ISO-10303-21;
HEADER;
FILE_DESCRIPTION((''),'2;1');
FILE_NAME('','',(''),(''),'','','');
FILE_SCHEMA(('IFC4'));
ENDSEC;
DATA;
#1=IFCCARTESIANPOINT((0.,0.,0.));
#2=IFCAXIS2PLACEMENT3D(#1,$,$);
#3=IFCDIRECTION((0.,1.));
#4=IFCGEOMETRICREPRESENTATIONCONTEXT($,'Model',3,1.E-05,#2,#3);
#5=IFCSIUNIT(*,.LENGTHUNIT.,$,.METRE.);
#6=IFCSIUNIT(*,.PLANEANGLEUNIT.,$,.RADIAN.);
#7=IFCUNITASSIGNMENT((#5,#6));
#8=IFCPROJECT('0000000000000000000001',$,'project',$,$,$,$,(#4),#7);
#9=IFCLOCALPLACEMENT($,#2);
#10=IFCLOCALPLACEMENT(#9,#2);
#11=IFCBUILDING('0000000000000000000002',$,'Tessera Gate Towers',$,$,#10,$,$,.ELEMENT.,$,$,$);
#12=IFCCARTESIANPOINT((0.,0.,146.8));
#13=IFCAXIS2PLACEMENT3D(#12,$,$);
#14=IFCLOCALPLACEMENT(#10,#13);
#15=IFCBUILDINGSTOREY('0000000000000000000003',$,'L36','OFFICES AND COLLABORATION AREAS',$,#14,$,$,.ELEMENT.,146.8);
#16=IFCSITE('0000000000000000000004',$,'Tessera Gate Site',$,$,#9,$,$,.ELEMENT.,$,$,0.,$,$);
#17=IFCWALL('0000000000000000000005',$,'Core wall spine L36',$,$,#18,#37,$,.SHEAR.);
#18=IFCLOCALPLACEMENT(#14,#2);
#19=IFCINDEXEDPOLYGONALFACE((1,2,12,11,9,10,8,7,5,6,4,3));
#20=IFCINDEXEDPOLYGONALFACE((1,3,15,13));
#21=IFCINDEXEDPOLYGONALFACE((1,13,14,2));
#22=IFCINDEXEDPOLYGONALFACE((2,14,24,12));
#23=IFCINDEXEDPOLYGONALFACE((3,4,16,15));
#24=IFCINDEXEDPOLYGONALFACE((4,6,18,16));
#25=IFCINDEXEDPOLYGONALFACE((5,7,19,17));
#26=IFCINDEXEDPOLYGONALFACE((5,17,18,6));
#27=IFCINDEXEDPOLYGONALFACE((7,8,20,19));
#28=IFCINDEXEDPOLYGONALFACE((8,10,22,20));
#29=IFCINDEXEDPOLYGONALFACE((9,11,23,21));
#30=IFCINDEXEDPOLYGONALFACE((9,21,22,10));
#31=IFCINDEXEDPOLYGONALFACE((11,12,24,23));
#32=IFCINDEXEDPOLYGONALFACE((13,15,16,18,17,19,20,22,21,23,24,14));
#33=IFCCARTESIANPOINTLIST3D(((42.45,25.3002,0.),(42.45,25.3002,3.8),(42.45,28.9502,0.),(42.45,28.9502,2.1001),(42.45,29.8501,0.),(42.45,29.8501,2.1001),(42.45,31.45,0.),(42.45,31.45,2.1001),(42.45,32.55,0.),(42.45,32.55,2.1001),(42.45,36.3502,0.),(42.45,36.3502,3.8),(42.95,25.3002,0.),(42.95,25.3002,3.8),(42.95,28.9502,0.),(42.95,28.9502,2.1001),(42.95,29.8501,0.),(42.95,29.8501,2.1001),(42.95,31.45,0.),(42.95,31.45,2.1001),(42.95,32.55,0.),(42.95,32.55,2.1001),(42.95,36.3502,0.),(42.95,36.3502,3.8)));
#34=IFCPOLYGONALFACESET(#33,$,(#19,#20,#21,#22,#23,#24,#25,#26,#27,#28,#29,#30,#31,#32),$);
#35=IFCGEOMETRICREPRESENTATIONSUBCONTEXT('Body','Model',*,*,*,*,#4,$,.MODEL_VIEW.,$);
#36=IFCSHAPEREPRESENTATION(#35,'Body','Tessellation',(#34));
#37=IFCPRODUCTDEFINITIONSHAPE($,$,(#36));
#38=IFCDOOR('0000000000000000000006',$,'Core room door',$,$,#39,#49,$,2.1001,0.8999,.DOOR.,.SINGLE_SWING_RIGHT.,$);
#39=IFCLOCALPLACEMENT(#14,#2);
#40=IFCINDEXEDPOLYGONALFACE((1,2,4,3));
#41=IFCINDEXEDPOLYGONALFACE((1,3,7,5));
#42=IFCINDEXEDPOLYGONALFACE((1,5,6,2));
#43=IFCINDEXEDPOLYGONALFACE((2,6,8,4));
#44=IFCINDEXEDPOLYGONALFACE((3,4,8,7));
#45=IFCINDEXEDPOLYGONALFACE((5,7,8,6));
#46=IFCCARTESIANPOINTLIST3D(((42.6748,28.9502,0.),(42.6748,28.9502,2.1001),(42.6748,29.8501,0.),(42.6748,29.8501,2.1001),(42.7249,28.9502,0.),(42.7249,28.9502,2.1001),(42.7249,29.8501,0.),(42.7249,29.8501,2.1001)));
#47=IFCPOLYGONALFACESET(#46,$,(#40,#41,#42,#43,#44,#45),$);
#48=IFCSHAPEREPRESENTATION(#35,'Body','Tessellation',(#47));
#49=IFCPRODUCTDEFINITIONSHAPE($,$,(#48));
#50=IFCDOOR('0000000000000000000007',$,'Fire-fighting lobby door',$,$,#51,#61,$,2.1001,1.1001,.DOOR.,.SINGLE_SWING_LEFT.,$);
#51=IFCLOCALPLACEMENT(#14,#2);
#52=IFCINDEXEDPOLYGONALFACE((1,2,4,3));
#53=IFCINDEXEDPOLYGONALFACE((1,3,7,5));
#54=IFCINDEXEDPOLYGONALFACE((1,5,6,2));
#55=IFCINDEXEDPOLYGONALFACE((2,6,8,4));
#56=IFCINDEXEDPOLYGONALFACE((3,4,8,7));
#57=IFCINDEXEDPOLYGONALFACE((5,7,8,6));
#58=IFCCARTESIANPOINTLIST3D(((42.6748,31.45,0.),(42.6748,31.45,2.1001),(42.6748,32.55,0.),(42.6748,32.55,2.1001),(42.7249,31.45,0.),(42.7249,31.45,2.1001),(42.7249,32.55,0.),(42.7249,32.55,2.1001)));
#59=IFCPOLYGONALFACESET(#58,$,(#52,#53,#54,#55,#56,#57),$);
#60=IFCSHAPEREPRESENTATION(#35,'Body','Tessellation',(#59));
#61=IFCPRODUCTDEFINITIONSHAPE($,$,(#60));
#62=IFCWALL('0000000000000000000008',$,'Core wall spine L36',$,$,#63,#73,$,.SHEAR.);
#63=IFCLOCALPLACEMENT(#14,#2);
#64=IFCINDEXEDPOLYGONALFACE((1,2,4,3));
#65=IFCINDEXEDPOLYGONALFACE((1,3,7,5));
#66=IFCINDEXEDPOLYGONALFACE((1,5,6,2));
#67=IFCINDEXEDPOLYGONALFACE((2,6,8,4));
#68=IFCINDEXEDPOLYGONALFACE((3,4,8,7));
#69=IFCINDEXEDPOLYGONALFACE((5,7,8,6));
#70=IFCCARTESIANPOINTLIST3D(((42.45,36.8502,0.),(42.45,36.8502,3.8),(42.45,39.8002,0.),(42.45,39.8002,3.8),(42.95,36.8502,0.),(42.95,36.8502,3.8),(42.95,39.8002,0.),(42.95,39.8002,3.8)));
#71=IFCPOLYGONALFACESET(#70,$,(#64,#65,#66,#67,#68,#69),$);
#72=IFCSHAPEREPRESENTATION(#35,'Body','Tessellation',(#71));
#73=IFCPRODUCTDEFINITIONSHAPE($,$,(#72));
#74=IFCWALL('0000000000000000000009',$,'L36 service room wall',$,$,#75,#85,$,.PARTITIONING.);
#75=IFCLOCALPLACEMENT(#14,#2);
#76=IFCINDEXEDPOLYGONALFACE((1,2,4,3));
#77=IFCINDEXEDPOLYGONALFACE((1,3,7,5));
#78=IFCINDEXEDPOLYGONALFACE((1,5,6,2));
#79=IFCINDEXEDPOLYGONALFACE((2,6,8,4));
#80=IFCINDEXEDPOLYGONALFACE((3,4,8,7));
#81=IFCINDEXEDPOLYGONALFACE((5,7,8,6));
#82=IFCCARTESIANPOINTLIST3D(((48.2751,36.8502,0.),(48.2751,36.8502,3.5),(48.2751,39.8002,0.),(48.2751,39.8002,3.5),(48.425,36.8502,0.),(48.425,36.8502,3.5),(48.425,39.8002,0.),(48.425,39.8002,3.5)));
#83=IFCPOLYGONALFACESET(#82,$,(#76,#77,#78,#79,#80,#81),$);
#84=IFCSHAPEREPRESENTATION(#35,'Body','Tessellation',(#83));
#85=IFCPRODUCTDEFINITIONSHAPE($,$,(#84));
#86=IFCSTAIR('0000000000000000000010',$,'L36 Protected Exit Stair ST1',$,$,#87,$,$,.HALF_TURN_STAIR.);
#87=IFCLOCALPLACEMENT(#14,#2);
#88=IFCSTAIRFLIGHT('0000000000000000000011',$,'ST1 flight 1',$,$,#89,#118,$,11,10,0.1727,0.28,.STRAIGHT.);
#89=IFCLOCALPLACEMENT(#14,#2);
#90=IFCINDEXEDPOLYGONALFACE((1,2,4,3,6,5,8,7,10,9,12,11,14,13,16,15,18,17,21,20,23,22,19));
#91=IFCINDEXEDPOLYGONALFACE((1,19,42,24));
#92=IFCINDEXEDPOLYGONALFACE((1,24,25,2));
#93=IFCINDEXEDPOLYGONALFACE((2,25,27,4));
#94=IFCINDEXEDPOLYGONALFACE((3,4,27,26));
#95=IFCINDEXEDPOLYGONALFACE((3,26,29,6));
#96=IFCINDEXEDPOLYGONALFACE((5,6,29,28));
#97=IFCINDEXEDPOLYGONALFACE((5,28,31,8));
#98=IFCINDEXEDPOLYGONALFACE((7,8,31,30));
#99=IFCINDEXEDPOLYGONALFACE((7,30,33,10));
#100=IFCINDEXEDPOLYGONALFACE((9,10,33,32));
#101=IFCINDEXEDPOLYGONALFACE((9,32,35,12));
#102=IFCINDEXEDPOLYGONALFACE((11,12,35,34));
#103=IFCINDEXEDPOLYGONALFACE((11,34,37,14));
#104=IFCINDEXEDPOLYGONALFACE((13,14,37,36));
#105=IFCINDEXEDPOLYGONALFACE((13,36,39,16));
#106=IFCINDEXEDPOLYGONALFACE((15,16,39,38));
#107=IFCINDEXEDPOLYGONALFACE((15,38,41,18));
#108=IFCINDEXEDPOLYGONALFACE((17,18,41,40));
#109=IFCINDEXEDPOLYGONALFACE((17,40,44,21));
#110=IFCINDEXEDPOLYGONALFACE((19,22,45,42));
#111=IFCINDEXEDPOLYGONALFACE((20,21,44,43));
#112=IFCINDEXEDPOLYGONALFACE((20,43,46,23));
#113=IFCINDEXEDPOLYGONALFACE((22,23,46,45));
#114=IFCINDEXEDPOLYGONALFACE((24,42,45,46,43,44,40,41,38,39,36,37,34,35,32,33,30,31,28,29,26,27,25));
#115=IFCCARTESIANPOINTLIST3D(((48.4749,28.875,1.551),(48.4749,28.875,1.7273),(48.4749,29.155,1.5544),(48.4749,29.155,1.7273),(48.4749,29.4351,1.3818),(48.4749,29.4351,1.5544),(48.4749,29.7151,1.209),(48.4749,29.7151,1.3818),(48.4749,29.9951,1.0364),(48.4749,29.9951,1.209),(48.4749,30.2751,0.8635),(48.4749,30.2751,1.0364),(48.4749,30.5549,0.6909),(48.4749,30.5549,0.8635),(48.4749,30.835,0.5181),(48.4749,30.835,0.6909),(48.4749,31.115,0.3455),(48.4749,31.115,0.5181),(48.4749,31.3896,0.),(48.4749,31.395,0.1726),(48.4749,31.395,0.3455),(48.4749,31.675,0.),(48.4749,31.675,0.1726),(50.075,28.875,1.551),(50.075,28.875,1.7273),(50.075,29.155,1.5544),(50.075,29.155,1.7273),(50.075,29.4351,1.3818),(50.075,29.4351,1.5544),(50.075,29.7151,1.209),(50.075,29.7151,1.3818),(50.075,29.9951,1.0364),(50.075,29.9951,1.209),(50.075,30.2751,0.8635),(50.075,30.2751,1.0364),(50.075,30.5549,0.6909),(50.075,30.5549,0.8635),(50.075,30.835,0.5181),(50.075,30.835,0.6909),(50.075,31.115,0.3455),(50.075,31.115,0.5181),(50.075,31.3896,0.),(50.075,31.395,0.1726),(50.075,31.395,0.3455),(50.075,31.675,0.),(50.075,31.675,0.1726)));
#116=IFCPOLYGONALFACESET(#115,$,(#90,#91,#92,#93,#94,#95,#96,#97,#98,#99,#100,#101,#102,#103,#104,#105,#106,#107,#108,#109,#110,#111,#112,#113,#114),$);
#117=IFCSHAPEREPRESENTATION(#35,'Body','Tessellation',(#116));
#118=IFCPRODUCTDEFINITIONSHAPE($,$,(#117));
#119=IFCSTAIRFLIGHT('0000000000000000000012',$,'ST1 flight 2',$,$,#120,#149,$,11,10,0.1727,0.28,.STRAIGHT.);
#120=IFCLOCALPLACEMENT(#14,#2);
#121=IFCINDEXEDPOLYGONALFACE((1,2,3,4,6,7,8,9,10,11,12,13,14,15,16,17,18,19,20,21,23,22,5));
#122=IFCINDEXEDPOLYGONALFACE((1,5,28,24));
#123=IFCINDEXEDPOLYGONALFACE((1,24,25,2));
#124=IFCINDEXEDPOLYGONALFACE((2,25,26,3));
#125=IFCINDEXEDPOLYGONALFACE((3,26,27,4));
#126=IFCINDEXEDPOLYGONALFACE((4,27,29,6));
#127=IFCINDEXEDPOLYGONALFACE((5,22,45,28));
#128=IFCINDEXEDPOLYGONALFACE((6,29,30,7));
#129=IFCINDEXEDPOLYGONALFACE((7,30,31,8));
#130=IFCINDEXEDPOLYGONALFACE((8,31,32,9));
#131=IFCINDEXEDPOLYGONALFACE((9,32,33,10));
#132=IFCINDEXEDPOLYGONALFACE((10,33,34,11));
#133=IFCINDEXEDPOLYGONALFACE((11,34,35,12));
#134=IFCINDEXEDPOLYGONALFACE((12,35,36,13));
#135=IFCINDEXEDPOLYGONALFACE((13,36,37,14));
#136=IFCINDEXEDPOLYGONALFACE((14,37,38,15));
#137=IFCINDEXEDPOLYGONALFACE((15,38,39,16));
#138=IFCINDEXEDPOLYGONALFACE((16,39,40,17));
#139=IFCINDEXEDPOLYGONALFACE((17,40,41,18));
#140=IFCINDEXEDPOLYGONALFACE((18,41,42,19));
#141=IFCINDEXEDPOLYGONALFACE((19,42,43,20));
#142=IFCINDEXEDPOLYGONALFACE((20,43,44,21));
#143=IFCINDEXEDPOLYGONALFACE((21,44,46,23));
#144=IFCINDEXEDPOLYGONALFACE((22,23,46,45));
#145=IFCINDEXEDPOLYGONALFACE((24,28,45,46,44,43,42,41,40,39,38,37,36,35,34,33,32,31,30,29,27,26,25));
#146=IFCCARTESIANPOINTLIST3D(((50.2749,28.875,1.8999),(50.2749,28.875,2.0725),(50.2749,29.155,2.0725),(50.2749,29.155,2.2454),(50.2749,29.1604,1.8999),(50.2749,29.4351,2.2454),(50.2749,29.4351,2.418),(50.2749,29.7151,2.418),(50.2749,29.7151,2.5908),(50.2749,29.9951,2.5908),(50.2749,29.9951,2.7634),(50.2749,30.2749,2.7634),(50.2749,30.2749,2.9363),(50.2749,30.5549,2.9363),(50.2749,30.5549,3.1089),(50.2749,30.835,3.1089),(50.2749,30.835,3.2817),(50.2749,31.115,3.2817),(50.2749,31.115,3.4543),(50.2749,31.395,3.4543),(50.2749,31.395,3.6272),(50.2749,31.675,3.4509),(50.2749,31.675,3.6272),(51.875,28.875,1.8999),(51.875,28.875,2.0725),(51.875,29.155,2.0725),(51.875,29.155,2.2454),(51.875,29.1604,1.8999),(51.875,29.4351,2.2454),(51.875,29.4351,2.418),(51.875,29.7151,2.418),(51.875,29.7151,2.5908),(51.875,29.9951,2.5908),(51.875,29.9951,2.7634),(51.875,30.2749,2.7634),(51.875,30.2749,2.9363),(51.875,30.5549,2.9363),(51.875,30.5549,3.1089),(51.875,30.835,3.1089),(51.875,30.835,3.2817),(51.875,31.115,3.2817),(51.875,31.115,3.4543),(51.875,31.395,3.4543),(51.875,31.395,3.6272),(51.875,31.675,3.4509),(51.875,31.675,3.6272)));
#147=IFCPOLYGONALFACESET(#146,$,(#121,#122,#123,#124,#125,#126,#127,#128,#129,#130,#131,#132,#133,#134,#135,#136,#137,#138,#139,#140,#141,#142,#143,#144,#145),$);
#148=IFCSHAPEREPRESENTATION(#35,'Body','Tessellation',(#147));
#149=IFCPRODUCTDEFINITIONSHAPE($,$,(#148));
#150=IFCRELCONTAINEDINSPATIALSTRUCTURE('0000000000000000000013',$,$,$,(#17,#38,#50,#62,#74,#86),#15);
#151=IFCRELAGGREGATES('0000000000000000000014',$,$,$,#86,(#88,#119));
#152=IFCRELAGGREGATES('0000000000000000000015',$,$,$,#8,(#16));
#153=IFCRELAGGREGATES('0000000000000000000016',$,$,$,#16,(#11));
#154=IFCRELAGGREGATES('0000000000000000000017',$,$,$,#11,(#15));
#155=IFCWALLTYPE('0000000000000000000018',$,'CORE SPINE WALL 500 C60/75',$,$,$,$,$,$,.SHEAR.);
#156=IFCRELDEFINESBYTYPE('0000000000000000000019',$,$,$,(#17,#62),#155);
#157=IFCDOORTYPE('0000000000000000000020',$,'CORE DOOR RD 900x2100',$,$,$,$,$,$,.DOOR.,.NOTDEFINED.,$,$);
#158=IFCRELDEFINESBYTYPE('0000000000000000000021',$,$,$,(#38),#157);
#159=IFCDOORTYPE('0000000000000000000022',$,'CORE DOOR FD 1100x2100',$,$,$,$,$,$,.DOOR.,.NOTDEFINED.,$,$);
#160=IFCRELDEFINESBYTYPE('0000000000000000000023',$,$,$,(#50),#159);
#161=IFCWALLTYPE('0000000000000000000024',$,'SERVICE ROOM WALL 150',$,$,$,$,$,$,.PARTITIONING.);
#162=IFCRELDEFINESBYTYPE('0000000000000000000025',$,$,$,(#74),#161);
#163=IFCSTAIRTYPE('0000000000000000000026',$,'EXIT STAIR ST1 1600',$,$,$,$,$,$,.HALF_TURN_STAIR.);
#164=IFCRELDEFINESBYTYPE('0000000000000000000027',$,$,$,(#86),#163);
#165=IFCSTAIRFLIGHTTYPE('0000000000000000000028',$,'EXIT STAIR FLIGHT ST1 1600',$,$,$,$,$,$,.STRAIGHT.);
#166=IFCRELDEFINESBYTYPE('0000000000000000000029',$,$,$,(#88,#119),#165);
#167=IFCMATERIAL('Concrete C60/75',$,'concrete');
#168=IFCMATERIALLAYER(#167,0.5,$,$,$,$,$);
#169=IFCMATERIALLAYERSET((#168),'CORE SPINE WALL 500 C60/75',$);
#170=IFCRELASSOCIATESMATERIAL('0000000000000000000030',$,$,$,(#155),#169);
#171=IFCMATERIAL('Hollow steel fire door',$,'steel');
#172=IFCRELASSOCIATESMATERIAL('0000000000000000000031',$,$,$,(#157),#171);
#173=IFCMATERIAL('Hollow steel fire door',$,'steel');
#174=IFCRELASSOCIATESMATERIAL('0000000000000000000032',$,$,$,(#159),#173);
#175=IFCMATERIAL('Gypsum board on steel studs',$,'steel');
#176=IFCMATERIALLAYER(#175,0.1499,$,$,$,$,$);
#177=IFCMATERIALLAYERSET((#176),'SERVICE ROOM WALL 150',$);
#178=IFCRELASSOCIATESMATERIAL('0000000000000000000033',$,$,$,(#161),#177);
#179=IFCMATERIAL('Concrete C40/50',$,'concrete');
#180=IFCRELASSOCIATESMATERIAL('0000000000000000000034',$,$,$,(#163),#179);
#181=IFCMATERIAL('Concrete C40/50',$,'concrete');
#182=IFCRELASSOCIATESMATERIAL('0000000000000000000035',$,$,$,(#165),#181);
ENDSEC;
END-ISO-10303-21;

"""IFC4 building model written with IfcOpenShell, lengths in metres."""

from ifc_helpers import new_model, si_unit, direction, frame, frame_2d, origin, place, context, subcontext, project, spatial, polyline, rectangle, outline, extrude, source, transform, mapped, material, layer, layer_set, type_object, element, fill, aggregate, save


model = new_model("IFC4")

# Units and contexts
model_context = context("Model", 3, precision=1e-05, world=origin(), true_north=direction((0.0, 1.0)))
body_context = subcontext(model_context, "Body", "Model", "MODEL_VIEW")
ifc_project = project(units=[si_unit("LENGTHUNIT", "METRE"), si_unit("PLANEANGLEUNIT", "RADIAN")], contexts=[model_context])

# Site, building, storey
site_placement = place(None, origin())
site = spatial("IfcSite", under=ifc_project, at=site_placement, Name="Tessera Gate Site", CompositionType="ELEMENT", RefElevation=0.0)
building_placement = place(site_placement, origin())
building = spatial("IfcBuilding", under=site, at=building_placement, Name="Tessera Gate Towers", CompositionType="ELEMENT")
storey_placement = place(building_placement, frame((0.0, 0.0, 146.8)))
storey = spatial("IfcBuildingStorey", under=building, at=storey_placement, Name="L36", Description="OFFICES AND COLLABORATION AREAS", CompositionType="ELEMENT", Elevation=146.8)

# Wall, openings, doors
ifc_material_1 = material(Name="Concrete C60/75", Category="concrete")
ifc_layer_1 = layer(ifc_material_1, 0.5)
ifc_layer_set_1 = layer_set([ifc_layer_1], Name="CORE SPINE WALL 500 C60/75")
wall_type_1 = type_object("IfcWallType", Name="CORE SPINE WALL 500 C60/75", PredefinedType="SHEAR", material=ifc_layer_set_1)
wall_1_placement = place(storey_placement, frame((42.7, 36.3501, 0.0), z_axis=(0.0, 0.0, 1.0), x_axis=(0.0, -1.0, 0.0)))
wall_1 = element("IfcWall", 1, at=wall_1_placement, inside=storey, type_object=wall_type_1, Name="Core wall spine L36", PredefinedType="SHEAR", context=body_context, shape_type="SweptSolid", body=[
    extrude(rectangle(XDim=11.05, YDim=0.5, at=frame_2d((5.5249, 0.0))), origin(), (0.0, 0.0, 1.0), 3.8),
])
shared_shape_1 = source(origin(), body_context, "Body", "SweptSolid", [
    extrude(rectangle(XDim=0.8999, YDim=2.1001, at=frame_2d((0.45, 1.05))), frame((0.0, 0.26, 0.0), z_axis=(0.0, -1.0, 0.0), x_axis=(1.0, 0.0, 0.0)), (0.0, 0.0, 1.0), 0.52),
])
opening_1_placement = place(wall_1_placement, frame((6.5, 0.0, 0.0)))
opening_1 = element("IfcOpeningElement", 2, at=opening_1_placement, cuts=wall_1, PredefinedType="OPENING", context=body_context, shape_type="MappedRepresentation", body=[
    mapped(shared_shape_1, transform((0.0, 0.0, 0.0), scale=1.0)),
])
shared_shape_2 = source(origin(), body_context, "Body", "SweptSolid", [
    extrude(rectangle(XDim=1.1001, YDim=2.1001, at=frame_2d((0.55, 1.05))), frame((0.0, 0.26, 0.0), z_axis=(0.0, -1.0, 0.0), x_axis=(1.0, 0.0, 0.0)), (0.0, 0.0, 1.0), 0.52),
])
opening_2_placement = place(wall_1_placement, frame((3.8, 0.0, 0.0)))
opening_2 = element("IfcOpeningElement", 3, at=opening_2_placement, cuts=wall_1, PredefinedType="OPENING", context=body_context, shape_type="MappedRepresentation", body=[
    mapped(shared_shape_2, transform((0.0, 0.0, 0.0), scale=1.0)),
])
ifc_material_2 = material(Name="Hollow steel fire door", Category="steel")
door_type_1 = type_object("IfcDoorType", Name="CORE DOOR RD 900x2100", OperationType="NOTDEFINED", PredefinedType="DOOR", material=ifc_material_2)
shared_shape_3 = source(origin(), body_context, "Body", "SweptSolid", [
    extrude(rectangle(XDim=0.8999, YDim=2.1001, at=frame_2d((0.45, 1.05))), frame((0.0, 0.0249, 0.0), z_axis=(0.0, -1.0, 0.0), x_axis=(1.0, 0.0, 0.0)), (0.0, 0.0, 1.0), 0.05),
])
door_1_placement = place(opening_1_placement, origin())
door_1 = element("IfcDoor", 4, at=door_1_placement, inside=storey, type_object=door_type_1, Name="Core room door", OperationType="SINGLE_SWING_RIGHT", OverallHeight=2.1001, OverallWidth=0.8999, PredefinedType="DOOR", context=body_context, shape_type="MappedRepresentation", body=[
    mapped(shared_shape_3, transform((0.0, 0.0, 0.0), scale=1.0)),
])
fill(opening_1, door_1)
ifc_material_3 = material(Name="Hollow steel fire door", Category="steel")
door_type_2 = type_object("IfcDoorType", Name="CORE DOOR FD 1100x2100", OperationType="NOTDEFINED", PredefinedType="DOOR", material=ifc_material_3)
shared_shape_4 = source(origin(), body_context, "Body", "SweptSolid", [
    extrude(rectangle(XDim=1.1001, YDim=2.1001, at=frame_2d((0.55, 1.05))), frame((0.0, 0.0249, 0.0), z_axis=(0.0, -1.0, 0.0), x_axis=(1.0, 0.0, 0.0)), (0.0, 0.0, 1.0), 0.05),
])
door_2_placement = place(opening_2_placement, origin())
door_2 = element("IfcDoor", 5, at=door_2_placement, inside=storey, type_object=door_type_2, Name="Fire-fighting lobby door", OperationType="SINGLE_SWING_LEFT", OverallHeight=2.1001, OverallWidth=1.1001, PredefinedType="DOOR", context=body_context, shape_type="MappedRepresentation", body=[
    mapped(shared_shape_4, transform((0.0, 0.0, 0.0), scale=1.0)),
])
fill(opening_2, door_2)

# Walls
wall_2_placement = place(storey_placement, frame((42.7, 36.8501, 0.0), z_axis=(0.0, 0.0, 1.0), x_axis=(0.0, 1.0, 0.0)))
element("IfcWall", 6, at=wall_2_placement, inside=storey, type_object=wall_type_1, Name="Core wall spine L36", PredefinedType="SHEAR", context=body_context, shape_type="SweptSolid", body=[
    extrude(rectangle(XDim=2.95, YDim=0.5, at=frame_2d((1.4751, 0.0))), origin(), (0.0, 0.0, 1.0), 3.8),
])
ifc_material_4 = material(Name="Gypsum board on steel studs", Category="steel")
ifc_layer_2 = layer(ifc_material_4, 0.1499)
ifc_layer_set_2 = layer_set([ifc_layer_2], Name="SERVICE ROOM WALL 150")
wall_type_2 = type_object("IfcWallType", Name="SERVICE ROOM WALL 150", PredefinedType="PARTITIONING", material=ifc_layer_set_2)
wall_3_placement = place(storey_placement, frame((48.3501, 36.8501, 0.0), z_axis=(0.0, 0.0, 1.0), x_axis=(0.0, 1.0, 0.0)))
element("IfcWall", 7, at=wall_3_placement, inside=storey, type_object=wall_type_2, Name="L36 service room wall", PredefinedType="PARTITIONING", context=body_context, shape_type="SweptSolid", body=[
    extrude(rectangle(XDim=2.95, YDim=0.1499, at=frame_2d((1.4751, 0.0))), origin(), (0.0, 0.0, 1.0), 3.5),
])

# Stair, stair flights
ifc_material_5 = material(Name="Concrete C40/50", Category="concrete")
stair_type = type_object("IfcStairType", Name="EXIT STAIR ST1 1600", PredefinedType="HALF_TURN_STAIR", material=ifc_material_5)
stair_placement = place(storey_placement, origin())
stair = element("IfcStair", 8, at=stair_placement, inside=storey, type_object=stair_type, Name="L36 Protected Exit Stair ST1", PredefinedType="HALF_TURN_STAIR")
ifc_material_6 = material(Name="Concrete C40/50", Category="concrete")
stair_flight_type = type_object("IfcStairFlightType", Name="EXIT STAIR FLIGHT ST1 1600", PredefinedType="STRAIGHT", material=ifc_material_6)
stair_flight_1_placement = place(storey_placement, frame((49.2749, 31.675, 0.0), z_axis=(0.0, 0.0, 1.0), x_axis=(0.0, -1.0, 0.0)))
stair_flight_1 = element("IfcStairFlight", 9, at=stair_flight_1_placement, type_object=stair_flight_type, Name="ST1 flight 1", NumberOfRisers=11, NumberOfTreads=10, PredefinedType="STRAIGHT", RiserHeight=0.1727, TreadLength=0.28, context=body_context, shape_type="SweptSolid", body=[
    extrude(outline(polyline([(0.0, 0.0), (0.0, 0.1726), (0.28, 0.1726), (0.28, 0.3455), (0.5601, 0.3455), (0.5601, 0.5181), (0.8401, 0.5181), (0.8401, 0.6909), (1.1201, 0.6909), (1.1201, 0.8635), (1.3999, 0.8635), (1.3999, 1.0364), (1.6799, 1.0364), (1.6799, 1.209), (1.96, 1.209), (1.96, 1.3818), (2.24, 1.3818), (2.24, 1.5544), (2.52, 1.5544), (2.52, 1.7273), (2.8, 1.7273), (2.8, 1.8999), (2.8, 1.551), (0.2854, 0.0), (0.0, 0.0)])), frame((0.0, 0.8, 0.0), z_axis=(0.0, -1.0, 0.0), x_axis=(1.0, 0.0, 0.0)), (0.0, 0.0, 1.0), 1.6001),
])
stair_flight_2_placement = place(storey_placement, frame((51.075, 28.875, 1.8999), z_axis=(0.0, 0.0, 1.0), x_axis=(0.0, 1.0, 0.0)))
stair_flight_2 = element("IfcStairFlight", 10, at=stair_flight_2_placement, type_object=stair_flight_type, Name="ST1 flight 2", NumberOfRisers=11, NumberOfTreads=10, PredefinedType="STRAIGHT", RiserHeight=0.1727, TreadLength=0.28, context=body_context, shape_type="SweptSolid", body=[
    extrude(outline(polyline([(0.0, 0.0), (0.0, 0.1726), (0.28, 0.1726), (0.28, 0.3455), (0.5601, 0.3455), (0.5601, 0.5181), (0.8401, 0.5181), (0.8401, 0.6909), (1.1201, 0.6909), (1.1201, 0.8635), (1.3999, 0.8635), (1.3999, 1.0364), (1.6799, 1.0364), (1.6799, 1.209), (1.96, 1.209), (1.96, 1.3818), (2.24, 1.3818), (2.24, 1.5544), (2.52, 1.5544), (2.52, 1.7273), (2.8, 1.7273), (2.8, 1.8999), (2.8, 1.551), (0.2854, 0.0), (0.0, 0.0)])), frame((0.0, 0.8, 0.0), z_axis=(0.0, -1.0, 0.0), x_axis=(1.0, 0.0, 0.0)), (0.0, 0.0, 1.0), 1.6001),
])
aggregate(stair, [stair_flight_1, stair_flight_2])

save(model, "model.ifc")
